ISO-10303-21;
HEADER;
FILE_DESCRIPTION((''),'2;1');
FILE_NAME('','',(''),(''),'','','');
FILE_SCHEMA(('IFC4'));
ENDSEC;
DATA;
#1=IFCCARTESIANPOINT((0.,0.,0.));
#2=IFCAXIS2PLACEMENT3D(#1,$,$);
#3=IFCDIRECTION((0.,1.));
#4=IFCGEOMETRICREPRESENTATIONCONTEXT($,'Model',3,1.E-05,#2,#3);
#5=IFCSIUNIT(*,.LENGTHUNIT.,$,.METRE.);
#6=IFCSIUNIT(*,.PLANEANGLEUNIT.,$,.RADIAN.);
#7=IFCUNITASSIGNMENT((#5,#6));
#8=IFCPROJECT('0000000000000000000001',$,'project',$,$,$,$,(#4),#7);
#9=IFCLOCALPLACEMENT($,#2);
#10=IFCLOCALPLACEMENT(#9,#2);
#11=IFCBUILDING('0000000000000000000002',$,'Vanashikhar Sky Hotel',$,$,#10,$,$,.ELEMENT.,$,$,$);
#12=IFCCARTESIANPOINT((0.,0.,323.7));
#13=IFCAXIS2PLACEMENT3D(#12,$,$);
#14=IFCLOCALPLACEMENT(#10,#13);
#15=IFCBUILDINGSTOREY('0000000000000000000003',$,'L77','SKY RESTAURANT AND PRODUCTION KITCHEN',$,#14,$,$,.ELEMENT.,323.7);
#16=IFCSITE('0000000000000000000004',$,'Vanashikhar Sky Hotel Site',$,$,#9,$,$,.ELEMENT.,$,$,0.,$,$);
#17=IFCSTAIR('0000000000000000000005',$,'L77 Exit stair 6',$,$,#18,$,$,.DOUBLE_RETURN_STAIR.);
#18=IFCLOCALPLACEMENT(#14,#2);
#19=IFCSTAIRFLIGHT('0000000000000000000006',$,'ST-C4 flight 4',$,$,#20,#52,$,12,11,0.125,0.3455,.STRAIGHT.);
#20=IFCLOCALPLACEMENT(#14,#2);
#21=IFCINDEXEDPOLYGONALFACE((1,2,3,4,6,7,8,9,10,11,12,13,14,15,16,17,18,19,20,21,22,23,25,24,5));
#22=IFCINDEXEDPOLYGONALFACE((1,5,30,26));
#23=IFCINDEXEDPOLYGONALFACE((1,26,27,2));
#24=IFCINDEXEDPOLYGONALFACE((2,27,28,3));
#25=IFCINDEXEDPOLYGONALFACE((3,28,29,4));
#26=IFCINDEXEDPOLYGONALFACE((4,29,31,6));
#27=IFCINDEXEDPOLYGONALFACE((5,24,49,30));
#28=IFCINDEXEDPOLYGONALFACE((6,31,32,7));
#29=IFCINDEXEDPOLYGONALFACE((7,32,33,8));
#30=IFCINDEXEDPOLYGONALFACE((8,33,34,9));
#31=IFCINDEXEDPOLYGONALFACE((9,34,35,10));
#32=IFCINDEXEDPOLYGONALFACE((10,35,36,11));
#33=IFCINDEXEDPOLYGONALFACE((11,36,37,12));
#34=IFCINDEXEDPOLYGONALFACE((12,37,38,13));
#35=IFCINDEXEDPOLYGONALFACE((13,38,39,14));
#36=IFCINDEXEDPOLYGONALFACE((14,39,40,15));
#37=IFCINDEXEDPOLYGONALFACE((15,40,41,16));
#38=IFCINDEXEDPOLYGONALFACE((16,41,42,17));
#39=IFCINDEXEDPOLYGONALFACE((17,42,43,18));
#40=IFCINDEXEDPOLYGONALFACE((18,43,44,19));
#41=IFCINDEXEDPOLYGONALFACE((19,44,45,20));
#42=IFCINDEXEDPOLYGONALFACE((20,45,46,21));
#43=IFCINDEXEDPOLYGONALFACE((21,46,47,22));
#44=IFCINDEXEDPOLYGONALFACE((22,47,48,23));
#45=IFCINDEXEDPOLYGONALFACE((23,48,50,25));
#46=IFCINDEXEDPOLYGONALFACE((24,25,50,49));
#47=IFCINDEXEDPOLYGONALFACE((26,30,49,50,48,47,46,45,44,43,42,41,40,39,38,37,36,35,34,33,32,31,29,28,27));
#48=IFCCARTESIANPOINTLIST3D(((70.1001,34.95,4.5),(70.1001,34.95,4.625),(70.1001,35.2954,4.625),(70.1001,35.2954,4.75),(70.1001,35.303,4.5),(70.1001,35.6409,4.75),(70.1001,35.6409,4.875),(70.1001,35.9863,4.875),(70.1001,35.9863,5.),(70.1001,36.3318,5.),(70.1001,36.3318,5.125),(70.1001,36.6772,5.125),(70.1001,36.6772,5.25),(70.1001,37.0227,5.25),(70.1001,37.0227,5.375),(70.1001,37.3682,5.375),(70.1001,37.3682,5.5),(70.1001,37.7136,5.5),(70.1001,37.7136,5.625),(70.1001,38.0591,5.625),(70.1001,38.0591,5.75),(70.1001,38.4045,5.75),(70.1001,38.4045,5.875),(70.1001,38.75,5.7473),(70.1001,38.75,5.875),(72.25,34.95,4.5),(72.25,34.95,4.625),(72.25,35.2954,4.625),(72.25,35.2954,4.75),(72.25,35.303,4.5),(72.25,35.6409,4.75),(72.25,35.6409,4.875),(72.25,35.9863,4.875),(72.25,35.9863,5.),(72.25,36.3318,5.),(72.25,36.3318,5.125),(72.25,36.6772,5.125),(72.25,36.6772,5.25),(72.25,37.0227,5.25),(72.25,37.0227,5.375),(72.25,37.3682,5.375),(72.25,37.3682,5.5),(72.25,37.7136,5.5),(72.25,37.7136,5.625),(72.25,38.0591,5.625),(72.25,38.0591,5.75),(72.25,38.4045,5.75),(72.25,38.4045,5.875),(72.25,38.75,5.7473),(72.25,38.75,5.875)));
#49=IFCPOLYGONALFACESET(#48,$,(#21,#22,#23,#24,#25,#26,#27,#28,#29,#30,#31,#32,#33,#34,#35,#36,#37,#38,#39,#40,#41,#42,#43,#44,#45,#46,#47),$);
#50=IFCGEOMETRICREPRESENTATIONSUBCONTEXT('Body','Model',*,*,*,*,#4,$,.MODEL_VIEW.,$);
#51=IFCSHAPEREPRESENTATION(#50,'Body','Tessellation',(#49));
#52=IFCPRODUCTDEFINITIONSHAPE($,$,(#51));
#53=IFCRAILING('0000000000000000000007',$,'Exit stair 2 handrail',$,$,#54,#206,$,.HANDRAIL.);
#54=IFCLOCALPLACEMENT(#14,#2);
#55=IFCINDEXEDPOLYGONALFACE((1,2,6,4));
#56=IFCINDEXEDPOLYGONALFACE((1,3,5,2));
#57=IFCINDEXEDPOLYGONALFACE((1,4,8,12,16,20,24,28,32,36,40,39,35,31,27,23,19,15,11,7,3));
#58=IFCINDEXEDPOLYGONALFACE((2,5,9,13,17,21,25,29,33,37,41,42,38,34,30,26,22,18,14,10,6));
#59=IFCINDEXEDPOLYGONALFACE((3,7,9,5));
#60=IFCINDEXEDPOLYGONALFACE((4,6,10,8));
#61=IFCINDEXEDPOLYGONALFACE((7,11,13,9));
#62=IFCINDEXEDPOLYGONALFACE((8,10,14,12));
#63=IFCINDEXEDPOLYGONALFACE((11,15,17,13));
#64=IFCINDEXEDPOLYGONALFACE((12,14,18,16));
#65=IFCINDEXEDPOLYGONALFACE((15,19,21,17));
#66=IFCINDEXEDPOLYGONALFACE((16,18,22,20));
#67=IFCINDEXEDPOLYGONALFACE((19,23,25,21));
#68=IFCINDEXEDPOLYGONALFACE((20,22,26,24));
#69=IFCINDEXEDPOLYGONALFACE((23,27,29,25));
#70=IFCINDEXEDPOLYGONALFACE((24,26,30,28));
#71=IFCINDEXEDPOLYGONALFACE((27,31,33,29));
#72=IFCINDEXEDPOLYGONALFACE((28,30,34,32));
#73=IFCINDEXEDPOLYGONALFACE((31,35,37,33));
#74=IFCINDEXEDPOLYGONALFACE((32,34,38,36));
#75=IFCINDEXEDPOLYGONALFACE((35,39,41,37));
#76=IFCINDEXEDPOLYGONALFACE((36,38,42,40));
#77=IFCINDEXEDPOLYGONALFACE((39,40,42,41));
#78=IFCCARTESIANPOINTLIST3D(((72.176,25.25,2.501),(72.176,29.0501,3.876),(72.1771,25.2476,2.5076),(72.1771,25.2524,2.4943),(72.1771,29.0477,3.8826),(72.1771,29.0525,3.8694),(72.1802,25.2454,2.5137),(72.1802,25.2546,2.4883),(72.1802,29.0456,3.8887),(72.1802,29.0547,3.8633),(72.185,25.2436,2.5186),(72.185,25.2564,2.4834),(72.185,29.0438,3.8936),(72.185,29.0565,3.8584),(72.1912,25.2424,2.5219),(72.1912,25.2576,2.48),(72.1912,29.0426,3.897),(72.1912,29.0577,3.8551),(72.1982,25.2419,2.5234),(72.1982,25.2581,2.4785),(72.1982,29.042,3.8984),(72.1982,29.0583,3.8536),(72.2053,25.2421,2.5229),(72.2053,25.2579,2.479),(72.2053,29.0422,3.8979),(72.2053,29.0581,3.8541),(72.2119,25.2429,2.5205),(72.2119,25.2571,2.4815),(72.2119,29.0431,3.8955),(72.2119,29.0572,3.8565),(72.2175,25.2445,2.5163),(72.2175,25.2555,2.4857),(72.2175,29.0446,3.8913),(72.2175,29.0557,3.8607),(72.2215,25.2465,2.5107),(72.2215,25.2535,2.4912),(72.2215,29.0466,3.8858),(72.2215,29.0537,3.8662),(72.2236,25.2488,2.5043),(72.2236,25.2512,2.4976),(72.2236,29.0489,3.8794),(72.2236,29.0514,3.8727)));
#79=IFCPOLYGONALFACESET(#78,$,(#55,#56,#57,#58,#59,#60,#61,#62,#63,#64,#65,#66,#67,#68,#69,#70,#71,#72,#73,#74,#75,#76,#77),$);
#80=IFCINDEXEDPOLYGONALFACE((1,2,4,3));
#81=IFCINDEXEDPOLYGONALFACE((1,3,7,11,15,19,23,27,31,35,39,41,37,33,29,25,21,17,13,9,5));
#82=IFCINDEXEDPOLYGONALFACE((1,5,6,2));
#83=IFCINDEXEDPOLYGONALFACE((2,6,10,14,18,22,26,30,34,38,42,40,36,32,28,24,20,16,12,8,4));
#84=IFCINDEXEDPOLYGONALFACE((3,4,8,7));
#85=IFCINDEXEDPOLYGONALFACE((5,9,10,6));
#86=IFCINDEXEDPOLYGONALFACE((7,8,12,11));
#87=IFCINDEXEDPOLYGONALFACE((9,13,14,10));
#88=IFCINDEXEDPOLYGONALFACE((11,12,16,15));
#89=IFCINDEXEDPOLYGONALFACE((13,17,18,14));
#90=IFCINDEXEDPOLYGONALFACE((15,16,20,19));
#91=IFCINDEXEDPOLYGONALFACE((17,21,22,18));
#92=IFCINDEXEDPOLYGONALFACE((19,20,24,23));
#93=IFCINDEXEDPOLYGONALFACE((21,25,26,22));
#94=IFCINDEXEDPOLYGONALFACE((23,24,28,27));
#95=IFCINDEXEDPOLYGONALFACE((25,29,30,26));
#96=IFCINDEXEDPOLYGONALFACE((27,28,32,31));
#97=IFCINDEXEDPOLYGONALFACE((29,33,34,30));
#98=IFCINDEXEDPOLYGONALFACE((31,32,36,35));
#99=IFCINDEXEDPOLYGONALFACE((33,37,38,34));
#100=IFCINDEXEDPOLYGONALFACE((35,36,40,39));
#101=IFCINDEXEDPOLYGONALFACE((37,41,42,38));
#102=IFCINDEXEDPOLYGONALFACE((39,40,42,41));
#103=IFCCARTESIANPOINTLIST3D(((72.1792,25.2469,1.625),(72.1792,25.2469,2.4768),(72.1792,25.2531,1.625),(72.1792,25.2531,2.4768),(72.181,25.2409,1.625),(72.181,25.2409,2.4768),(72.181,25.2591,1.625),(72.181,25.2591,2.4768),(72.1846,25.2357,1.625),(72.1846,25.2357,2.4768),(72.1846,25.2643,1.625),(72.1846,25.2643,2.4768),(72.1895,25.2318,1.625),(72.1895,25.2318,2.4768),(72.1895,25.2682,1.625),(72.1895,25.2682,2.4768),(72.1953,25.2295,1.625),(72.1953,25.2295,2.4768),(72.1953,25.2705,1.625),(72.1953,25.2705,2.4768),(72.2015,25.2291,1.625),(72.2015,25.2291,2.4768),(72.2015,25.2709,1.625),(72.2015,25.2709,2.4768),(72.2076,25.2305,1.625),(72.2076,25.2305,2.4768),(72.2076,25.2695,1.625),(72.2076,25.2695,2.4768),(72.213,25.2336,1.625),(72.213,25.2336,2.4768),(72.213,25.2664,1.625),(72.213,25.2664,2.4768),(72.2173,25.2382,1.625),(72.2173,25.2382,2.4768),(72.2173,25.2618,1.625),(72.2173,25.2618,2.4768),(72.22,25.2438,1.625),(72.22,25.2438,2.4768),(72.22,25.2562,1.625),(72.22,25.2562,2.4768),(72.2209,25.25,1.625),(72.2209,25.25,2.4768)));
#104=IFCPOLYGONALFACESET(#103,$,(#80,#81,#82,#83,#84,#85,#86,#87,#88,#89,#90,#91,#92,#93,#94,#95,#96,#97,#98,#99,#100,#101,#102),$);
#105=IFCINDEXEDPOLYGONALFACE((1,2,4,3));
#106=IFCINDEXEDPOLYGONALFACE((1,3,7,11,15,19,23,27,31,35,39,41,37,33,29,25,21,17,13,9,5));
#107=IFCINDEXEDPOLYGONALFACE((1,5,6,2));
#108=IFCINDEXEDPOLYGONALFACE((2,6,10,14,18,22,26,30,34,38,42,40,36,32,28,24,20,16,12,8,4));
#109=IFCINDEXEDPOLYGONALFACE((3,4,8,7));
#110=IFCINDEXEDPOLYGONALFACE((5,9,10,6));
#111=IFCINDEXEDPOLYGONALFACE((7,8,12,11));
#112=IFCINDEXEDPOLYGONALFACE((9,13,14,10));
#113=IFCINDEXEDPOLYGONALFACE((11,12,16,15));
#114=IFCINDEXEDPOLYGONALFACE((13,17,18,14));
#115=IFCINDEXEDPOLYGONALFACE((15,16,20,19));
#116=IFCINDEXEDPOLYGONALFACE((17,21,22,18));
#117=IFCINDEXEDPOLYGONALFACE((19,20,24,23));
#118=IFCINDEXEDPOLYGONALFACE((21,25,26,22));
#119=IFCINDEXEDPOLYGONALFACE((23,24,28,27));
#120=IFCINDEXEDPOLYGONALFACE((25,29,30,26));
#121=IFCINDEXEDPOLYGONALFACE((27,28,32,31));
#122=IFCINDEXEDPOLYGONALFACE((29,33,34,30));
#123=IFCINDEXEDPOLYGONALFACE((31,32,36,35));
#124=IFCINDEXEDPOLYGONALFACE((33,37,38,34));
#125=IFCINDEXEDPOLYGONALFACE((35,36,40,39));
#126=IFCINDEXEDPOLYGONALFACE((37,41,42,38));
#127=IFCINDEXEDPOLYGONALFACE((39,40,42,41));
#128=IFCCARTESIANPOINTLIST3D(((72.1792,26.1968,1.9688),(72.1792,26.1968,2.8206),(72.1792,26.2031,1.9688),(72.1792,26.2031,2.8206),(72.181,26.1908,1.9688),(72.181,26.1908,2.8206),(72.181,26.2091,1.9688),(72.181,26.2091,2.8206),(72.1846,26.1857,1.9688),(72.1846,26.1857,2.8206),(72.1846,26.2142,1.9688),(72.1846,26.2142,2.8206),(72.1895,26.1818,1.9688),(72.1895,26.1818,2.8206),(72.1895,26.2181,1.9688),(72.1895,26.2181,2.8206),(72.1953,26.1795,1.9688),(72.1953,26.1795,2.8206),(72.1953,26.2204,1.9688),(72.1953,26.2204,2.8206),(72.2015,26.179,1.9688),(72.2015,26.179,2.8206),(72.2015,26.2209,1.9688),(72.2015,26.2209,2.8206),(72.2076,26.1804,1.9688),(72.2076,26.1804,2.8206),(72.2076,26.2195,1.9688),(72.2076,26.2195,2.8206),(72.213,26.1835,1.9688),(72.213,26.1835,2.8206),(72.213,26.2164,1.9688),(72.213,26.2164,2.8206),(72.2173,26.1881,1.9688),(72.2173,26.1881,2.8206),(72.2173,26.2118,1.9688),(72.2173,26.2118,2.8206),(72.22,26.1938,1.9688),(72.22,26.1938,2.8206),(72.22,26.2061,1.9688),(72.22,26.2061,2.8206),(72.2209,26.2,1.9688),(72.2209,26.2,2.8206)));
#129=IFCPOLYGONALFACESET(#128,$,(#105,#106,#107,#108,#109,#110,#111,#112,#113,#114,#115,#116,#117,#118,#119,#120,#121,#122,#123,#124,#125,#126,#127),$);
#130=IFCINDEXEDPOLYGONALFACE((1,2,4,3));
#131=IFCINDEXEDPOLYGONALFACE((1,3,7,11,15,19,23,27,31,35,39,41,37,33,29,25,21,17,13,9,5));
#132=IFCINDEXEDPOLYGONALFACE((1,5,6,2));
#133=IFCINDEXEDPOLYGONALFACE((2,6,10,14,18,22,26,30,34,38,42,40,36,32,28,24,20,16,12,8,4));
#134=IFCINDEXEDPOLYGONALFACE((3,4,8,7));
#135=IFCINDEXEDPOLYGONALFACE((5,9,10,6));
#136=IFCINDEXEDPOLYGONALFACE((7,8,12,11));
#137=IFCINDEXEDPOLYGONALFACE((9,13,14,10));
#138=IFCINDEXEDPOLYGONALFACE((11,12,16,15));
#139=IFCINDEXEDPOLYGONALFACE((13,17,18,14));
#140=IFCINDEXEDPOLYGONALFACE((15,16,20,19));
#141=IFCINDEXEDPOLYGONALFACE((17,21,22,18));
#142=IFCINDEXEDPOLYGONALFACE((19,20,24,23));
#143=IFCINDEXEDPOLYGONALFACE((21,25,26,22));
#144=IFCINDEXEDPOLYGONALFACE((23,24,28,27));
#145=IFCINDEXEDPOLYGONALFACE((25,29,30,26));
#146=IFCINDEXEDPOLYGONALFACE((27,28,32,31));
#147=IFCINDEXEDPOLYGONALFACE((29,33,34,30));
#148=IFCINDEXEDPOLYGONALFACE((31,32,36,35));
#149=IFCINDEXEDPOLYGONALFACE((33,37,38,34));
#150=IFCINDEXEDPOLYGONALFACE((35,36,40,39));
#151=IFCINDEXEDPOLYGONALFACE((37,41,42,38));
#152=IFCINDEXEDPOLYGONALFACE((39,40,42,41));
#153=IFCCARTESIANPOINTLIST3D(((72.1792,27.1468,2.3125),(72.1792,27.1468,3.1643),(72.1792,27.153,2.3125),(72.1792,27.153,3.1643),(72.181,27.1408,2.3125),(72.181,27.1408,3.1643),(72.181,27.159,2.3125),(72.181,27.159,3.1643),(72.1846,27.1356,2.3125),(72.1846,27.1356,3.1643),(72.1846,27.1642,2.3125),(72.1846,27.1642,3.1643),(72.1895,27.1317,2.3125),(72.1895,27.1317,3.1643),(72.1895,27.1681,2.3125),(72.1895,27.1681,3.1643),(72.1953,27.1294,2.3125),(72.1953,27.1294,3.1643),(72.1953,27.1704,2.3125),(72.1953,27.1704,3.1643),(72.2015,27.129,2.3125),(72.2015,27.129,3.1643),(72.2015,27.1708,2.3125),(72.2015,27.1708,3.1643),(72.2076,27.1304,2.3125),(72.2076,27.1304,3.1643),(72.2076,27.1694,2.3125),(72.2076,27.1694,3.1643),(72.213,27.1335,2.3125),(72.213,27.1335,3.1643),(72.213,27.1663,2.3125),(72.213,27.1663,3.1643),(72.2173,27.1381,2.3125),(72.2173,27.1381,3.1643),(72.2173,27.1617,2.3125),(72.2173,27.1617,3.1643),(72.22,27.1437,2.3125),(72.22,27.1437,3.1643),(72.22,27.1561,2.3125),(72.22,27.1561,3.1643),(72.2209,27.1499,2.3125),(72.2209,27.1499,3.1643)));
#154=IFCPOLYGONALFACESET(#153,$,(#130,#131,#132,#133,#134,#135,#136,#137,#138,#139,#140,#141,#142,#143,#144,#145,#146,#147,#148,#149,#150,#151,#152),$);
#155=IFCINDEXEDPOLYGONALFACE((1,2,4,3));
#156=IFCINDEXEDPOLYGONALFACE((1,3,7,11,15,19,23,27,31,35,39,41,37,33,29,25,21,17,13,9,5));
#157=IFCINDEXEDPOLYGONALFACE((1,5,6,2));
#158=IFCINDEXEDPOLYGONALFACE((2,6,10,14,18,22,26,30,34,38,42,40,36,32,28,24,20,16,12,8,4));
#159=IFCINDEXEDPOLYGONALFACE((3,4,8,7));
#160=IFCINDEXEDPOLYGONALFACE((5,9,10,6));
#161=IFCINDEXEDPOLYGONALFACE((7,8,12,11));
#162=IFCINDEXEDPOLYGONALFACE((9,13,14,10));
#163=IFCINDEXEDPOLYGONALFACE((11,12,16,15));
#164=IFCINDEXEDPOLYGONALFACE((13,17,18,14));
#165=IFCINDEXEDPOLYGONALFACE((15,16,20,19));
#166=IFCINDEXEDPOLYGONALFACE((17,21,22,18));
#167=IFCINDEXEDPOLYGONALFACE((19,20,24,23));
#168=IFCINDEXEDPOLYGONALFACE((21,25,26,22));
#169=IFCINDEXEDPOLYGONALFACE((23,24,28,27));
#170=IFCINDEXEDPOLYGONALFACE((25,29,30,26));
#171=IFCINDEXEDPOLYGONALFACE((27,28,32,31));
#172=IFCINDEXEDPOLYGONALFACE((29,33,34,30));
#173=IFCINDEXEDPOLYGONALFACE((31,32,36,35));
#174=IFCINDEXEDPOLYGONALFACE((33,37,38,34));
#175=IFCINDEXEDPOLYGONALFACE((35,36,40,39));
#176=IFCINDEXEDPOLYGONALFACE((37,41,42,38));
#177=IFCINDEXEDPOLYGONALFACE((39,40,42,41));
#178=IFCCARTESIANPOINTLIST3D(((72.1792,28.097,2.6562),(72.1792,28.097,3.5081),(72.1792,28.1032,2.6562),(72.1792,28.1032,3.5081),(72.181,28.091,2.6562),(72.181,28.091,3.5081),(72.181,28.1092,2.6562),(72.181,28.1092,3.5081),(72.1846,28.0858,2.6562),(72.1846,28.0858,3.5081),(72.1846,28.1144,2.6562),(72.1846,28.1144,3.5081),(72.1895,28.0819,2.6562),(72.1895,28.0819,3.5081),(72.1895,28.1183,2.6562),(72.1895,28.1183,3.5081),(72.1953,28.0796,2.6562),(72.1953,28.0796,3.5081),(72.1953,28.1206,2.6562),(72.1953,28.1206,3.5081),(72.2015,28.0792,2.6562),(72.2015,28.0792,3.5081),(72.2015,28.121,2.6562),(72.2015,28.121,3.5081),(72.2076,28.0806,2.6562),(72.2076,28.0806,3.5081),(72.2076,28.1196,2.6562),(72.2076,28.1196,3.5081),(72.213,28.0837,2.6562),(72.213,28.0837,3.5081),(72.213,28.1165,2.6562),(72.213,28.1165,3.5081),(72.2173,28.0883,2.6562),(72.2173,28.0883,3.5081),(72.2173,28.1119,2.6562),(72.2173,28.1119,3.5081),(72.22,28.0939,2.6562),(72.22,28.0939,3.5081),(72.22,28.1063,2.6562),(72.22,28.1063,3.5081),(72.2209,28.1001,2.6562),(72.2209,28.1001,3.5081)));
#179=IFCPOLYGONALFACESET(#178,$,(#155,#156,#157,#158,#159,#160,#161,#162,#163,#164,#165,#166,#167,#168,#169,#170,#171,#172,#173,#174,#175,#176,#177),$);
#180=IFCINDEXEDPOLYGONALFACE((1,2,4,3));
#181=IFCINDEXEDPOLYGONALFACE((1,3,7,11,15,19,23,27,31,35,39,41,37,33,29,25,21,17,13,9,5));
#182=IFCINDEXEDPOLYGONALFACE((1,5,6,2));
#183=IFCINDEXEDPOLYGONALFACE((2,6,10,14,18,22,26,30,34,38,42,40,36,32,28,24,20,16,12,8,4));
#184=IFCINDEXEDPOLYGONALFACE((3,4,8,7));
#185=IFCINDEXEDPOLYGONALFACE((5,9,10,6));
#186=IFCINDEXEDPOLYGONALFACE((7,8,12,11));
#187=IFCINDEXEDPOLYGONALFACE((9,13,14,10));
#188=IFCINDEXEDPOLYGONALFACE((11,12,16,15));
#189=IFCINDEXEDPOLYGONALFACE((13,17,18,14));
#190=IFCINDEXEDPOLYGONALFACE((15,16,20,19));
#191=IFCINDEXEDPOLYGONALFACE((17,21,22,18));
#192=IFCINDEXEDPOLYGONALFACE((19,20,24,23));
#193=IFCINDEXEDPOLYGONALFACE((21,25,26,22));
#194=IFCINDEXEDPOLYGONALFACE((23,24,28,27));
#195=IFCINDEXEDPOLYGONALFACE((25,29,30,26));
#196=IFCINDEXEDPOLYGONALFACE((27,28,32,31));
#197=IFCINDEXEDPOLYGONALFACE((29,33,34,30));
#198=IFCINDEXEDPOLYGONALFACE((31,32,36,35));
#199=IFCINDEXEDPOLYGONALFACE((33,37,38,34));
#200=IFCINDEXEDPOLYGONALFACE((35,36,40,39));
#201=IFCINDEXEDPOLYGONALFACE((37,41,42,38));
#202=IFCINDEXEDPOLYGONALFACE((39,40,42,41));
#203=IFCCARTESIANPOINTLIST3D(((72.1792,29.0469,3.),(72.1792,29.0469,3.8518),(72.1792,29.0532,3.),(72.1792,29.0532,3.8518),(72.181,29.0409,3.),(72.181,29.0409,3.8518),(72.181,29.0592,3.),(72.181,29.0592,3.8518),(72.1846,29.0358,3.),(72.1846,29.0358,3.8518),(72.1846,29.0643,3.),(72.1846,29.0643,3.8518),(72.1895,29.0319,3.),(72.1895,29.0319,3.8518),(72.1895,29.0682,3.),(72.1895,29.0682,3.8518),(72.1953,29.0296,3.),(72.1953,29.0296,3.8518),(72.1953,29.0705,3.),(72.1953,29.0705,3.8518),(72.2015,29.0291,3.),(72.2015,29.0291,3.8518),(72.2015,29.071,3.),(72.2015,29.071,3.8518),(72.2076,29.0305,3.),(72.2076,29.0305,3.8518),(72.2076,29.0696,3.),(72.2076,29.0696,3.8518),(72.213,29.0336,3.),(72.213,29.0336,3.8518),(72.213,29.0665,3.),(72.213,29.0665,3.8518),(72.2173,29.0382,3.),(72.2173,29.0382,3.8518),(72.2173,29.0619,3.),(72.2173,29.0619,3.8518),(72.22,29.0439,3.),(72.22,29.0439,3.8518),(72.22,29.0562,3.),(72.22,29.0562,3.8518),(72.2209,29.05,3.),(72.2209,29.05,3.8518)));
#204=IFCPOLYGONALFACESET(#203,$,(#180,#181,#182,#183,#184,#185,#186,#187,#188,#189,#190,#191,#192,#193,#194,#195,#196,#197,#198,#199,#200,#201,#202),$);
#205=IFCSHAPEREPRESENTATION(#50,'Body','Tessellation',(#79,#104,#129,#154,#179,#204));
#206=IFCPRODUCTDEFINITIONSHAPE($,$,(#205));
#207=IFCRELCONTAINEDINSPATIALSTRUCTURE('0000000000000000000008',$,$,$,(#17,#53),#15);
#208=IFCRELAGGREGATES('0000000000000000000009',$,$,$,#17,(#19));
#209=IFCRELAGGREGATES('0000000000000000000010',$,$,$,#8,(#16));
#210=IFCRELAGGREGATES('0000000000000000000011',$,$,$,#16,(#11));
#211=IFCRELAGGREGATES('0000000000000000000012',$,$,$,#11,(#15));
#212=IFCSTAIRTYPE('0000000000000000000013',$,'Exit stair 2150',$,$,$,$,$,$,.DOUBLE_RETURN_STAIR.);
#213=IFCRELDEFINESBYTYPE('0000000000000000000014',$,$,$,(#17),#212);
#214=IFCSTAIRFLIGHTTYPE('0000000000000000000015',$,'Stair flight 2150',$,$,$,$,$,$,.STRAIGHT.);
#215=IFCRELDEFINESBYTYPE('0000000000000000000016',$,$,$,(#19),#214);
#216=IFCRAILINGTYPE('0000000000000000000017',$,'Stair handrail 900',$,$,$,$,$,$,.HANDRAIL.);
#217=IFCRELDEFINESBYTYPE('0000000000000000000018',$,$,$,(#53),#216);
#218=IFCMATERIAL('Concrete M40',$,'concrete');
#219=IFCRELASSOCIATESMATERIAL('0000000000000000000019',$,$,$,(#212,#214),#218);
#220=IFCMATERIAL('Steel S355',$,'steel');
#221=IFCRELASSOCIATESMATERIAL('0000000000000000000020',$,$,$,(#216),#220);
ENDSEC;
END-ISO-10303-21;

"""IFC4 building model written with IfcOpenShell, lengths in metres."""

from ifc_helpers import new_model, si_unit, direction, frame, origin, origin_2d, place, context, subcontext, project, spatial, polyline, circle, outline, extrude, source, transform, mapped, material, type_object, element, aggregate, save


model = new_model("IFC4")

# Units and contexts
model_context = context("Model", 3, precision=1e-05, world=origin(), true_north=direction((0.0, 1.0)))
body_context = subcontext(model_context, "Body", "Model", "MODEL_VIEW")
ifc_project = project(units=[si_unit("LENGTHUNIT", "METRE"), si_unit("PLANEANGLEUNIT", "RADIAN")], contexts=[model_context])

# Site, building, storey
site_placement = place(None, origin())
site = spatial("IfcSite", under=ifc_project, at=site_placement, Name="Vanashikhar Sky Hotel Site", CompositionType="ELEMENT", RefElevation=0.0)
building_placement = place(site_placement, origin())
building = spatial("IfcBuilding", under=site, at=building_placement, Name="Vanashikhar Sky Hotel", CompositionType="ELEMENT")
storey_placement = place(building_placement, frame((0.0, 0.0, 323.7)))
storey = spatial("IfcBuildingStorey", under=building, at=storey_placement, Name="L77", Description="SKY RESTAURANT AND PRODUCTION KITCHEN", CompositionType="ELEMENT", Elevation=323.7)

# Shared definitions
ifc_material_1 = material(Name="Concrete M40", Category="concrete")

# Stair, stair flight
stair_type = type_object("IfcStairType", Name="Exit stair 2150", PredefinedType="DOUBLE_RETURN_STAIR", material=ifc_material_1)
stair_flight_type = type_object("IfcStairFlightType", Name="Stair flight 2150", PredefinedType="STRAIGHT", material=ifc_material_1)
shared_shape_1 = source(origin(), body_context, "Body", "SweptSolid", [
    extrude(outline(polyline([(0.0, 0.0), (0.0, 0.125), (0.3455, 0.125), (0.3455, 0.25), (0.6909, 0.25), (0.6909, 0.375), (1.0364, 0.375), (1.0364, 0.5), (1.3818, 0.5), (1.3818, 0.625), (1.7273, 0.625), (1.7273, 0.75), (2.0728, 0.75), (2.0728, 0.875), (2.4182, 0.875), (2.4182, 1.0), (2.7637, 1.0), (2.7637, 1.125), (3.1091, 1.125), (3.1091, 1.25), (3.4546, 1.25), (3.4546, 1.375), (3.8, 1.375), (3.8, 1.5), (3.8, 1.2473), (0.353, 0.0), (0.0, 0.0)])), frame((0.0, 1.075, 0.0), z_axis=(0.0, -1.0, 0.0), x_axis=(1.0, 0.0, 0.0)), (0.0, 0.0, 1.0), 2.1499),
])
stair_1_placement = place(storey_placement, origin())
stair_1 = element("IfcStair", 1, at=stair_1_placement, inside=storey, type_object=stair_type, Name="L77 Exit stair 6", PredefinedType="DOUBLE_RETURN_STAIR")
stair_flight_1_placement = place(storey_placement, frame((71.175, 34.95, 4.5), z_axis=(0.0, 0.0, 1.0), x_axis=(0.0, 1.0, 0.0)))
stair_flight_1 = element("IfcStairFlight", 2, at=stair_flight_1_placement, type_object=stair_flight_type, Name="ST-C4 flight 4", NumberOfRisers=12, NumberOfTreads=11, PredefinedType="STRAIGHT", RiserHeight=0.125, TreadLength=0.3455, context=body_context, shape_type="MappedRepresentation", body=[
    mapped(shared_shape_1, transform((0.0, 0.0, 0.0), scale=1.0)),
])
aggregate(stair_1, [stair_flight_1])

# Railing
ifc_material_2 = material(Name="Steel S355", Category="steel")
railing_type_1 = type_object("IfcRailingType", Name="Stair handrail 900", PredefinedType="HANDRAIL", material=ifc_material_2)
shared_shape_2 = source(origin(), body_context, "Body", "SweptSolid", [
    extrude(circle(Radius=0.0239, at=origin_2d()), frame((0.0, 0.0, 0.876), z_axis=(0.0, 0.940336, 0.340249), x_axis=(-1.0, 0.0, 0.0)), (0.0, 0.0, 1.0), 4.0413),
    extrude(circle(Radius=0.021, at=origin_2d()), origin(), (0.0, 0.0, 1.0), 0.8518),
    extrude(circle(Radius=0.021, at=origin_2d()), frame((0.0, 0.95, 0.3438)), (0.0, 0.0, 1.0), 0.8518),
    extrude(circle(Radius=0.021, at=origin_2d()), frame((0.0, 1.8999, 0.6875)), (0.0, 0.0, 1.0), 0.8518),
    extrude(circle(Radius=0.021, at=origin_2d()), frame((0.0, 2.8501, 1.0312)), (0.0, 0.0, 1.0), 0.8518),
    extrude(circle(Radius=0.021, at=origin_2d()), frame((0.0, 3.8, 1.375)), (0.0, 0.0, 1.0), 0.8518),
])
for number, where, name in (
    (3, (72.2, 25.25, 1.625), "Exit stair 2 handrail"),
):
    element("IfcRailing", number, at=place(storey_placement, frame(where)), inside=storey, type_object=railing_type_1, Name=name, PredefinedType="HANDRAIL", context=body_context, shape_type="MappedRepresentation", body=[
        mapped(shared_shape_2, transform((0.0, 0.0, 0.0), scale=1.0)),
    ])

save(model, "model.ifc")
